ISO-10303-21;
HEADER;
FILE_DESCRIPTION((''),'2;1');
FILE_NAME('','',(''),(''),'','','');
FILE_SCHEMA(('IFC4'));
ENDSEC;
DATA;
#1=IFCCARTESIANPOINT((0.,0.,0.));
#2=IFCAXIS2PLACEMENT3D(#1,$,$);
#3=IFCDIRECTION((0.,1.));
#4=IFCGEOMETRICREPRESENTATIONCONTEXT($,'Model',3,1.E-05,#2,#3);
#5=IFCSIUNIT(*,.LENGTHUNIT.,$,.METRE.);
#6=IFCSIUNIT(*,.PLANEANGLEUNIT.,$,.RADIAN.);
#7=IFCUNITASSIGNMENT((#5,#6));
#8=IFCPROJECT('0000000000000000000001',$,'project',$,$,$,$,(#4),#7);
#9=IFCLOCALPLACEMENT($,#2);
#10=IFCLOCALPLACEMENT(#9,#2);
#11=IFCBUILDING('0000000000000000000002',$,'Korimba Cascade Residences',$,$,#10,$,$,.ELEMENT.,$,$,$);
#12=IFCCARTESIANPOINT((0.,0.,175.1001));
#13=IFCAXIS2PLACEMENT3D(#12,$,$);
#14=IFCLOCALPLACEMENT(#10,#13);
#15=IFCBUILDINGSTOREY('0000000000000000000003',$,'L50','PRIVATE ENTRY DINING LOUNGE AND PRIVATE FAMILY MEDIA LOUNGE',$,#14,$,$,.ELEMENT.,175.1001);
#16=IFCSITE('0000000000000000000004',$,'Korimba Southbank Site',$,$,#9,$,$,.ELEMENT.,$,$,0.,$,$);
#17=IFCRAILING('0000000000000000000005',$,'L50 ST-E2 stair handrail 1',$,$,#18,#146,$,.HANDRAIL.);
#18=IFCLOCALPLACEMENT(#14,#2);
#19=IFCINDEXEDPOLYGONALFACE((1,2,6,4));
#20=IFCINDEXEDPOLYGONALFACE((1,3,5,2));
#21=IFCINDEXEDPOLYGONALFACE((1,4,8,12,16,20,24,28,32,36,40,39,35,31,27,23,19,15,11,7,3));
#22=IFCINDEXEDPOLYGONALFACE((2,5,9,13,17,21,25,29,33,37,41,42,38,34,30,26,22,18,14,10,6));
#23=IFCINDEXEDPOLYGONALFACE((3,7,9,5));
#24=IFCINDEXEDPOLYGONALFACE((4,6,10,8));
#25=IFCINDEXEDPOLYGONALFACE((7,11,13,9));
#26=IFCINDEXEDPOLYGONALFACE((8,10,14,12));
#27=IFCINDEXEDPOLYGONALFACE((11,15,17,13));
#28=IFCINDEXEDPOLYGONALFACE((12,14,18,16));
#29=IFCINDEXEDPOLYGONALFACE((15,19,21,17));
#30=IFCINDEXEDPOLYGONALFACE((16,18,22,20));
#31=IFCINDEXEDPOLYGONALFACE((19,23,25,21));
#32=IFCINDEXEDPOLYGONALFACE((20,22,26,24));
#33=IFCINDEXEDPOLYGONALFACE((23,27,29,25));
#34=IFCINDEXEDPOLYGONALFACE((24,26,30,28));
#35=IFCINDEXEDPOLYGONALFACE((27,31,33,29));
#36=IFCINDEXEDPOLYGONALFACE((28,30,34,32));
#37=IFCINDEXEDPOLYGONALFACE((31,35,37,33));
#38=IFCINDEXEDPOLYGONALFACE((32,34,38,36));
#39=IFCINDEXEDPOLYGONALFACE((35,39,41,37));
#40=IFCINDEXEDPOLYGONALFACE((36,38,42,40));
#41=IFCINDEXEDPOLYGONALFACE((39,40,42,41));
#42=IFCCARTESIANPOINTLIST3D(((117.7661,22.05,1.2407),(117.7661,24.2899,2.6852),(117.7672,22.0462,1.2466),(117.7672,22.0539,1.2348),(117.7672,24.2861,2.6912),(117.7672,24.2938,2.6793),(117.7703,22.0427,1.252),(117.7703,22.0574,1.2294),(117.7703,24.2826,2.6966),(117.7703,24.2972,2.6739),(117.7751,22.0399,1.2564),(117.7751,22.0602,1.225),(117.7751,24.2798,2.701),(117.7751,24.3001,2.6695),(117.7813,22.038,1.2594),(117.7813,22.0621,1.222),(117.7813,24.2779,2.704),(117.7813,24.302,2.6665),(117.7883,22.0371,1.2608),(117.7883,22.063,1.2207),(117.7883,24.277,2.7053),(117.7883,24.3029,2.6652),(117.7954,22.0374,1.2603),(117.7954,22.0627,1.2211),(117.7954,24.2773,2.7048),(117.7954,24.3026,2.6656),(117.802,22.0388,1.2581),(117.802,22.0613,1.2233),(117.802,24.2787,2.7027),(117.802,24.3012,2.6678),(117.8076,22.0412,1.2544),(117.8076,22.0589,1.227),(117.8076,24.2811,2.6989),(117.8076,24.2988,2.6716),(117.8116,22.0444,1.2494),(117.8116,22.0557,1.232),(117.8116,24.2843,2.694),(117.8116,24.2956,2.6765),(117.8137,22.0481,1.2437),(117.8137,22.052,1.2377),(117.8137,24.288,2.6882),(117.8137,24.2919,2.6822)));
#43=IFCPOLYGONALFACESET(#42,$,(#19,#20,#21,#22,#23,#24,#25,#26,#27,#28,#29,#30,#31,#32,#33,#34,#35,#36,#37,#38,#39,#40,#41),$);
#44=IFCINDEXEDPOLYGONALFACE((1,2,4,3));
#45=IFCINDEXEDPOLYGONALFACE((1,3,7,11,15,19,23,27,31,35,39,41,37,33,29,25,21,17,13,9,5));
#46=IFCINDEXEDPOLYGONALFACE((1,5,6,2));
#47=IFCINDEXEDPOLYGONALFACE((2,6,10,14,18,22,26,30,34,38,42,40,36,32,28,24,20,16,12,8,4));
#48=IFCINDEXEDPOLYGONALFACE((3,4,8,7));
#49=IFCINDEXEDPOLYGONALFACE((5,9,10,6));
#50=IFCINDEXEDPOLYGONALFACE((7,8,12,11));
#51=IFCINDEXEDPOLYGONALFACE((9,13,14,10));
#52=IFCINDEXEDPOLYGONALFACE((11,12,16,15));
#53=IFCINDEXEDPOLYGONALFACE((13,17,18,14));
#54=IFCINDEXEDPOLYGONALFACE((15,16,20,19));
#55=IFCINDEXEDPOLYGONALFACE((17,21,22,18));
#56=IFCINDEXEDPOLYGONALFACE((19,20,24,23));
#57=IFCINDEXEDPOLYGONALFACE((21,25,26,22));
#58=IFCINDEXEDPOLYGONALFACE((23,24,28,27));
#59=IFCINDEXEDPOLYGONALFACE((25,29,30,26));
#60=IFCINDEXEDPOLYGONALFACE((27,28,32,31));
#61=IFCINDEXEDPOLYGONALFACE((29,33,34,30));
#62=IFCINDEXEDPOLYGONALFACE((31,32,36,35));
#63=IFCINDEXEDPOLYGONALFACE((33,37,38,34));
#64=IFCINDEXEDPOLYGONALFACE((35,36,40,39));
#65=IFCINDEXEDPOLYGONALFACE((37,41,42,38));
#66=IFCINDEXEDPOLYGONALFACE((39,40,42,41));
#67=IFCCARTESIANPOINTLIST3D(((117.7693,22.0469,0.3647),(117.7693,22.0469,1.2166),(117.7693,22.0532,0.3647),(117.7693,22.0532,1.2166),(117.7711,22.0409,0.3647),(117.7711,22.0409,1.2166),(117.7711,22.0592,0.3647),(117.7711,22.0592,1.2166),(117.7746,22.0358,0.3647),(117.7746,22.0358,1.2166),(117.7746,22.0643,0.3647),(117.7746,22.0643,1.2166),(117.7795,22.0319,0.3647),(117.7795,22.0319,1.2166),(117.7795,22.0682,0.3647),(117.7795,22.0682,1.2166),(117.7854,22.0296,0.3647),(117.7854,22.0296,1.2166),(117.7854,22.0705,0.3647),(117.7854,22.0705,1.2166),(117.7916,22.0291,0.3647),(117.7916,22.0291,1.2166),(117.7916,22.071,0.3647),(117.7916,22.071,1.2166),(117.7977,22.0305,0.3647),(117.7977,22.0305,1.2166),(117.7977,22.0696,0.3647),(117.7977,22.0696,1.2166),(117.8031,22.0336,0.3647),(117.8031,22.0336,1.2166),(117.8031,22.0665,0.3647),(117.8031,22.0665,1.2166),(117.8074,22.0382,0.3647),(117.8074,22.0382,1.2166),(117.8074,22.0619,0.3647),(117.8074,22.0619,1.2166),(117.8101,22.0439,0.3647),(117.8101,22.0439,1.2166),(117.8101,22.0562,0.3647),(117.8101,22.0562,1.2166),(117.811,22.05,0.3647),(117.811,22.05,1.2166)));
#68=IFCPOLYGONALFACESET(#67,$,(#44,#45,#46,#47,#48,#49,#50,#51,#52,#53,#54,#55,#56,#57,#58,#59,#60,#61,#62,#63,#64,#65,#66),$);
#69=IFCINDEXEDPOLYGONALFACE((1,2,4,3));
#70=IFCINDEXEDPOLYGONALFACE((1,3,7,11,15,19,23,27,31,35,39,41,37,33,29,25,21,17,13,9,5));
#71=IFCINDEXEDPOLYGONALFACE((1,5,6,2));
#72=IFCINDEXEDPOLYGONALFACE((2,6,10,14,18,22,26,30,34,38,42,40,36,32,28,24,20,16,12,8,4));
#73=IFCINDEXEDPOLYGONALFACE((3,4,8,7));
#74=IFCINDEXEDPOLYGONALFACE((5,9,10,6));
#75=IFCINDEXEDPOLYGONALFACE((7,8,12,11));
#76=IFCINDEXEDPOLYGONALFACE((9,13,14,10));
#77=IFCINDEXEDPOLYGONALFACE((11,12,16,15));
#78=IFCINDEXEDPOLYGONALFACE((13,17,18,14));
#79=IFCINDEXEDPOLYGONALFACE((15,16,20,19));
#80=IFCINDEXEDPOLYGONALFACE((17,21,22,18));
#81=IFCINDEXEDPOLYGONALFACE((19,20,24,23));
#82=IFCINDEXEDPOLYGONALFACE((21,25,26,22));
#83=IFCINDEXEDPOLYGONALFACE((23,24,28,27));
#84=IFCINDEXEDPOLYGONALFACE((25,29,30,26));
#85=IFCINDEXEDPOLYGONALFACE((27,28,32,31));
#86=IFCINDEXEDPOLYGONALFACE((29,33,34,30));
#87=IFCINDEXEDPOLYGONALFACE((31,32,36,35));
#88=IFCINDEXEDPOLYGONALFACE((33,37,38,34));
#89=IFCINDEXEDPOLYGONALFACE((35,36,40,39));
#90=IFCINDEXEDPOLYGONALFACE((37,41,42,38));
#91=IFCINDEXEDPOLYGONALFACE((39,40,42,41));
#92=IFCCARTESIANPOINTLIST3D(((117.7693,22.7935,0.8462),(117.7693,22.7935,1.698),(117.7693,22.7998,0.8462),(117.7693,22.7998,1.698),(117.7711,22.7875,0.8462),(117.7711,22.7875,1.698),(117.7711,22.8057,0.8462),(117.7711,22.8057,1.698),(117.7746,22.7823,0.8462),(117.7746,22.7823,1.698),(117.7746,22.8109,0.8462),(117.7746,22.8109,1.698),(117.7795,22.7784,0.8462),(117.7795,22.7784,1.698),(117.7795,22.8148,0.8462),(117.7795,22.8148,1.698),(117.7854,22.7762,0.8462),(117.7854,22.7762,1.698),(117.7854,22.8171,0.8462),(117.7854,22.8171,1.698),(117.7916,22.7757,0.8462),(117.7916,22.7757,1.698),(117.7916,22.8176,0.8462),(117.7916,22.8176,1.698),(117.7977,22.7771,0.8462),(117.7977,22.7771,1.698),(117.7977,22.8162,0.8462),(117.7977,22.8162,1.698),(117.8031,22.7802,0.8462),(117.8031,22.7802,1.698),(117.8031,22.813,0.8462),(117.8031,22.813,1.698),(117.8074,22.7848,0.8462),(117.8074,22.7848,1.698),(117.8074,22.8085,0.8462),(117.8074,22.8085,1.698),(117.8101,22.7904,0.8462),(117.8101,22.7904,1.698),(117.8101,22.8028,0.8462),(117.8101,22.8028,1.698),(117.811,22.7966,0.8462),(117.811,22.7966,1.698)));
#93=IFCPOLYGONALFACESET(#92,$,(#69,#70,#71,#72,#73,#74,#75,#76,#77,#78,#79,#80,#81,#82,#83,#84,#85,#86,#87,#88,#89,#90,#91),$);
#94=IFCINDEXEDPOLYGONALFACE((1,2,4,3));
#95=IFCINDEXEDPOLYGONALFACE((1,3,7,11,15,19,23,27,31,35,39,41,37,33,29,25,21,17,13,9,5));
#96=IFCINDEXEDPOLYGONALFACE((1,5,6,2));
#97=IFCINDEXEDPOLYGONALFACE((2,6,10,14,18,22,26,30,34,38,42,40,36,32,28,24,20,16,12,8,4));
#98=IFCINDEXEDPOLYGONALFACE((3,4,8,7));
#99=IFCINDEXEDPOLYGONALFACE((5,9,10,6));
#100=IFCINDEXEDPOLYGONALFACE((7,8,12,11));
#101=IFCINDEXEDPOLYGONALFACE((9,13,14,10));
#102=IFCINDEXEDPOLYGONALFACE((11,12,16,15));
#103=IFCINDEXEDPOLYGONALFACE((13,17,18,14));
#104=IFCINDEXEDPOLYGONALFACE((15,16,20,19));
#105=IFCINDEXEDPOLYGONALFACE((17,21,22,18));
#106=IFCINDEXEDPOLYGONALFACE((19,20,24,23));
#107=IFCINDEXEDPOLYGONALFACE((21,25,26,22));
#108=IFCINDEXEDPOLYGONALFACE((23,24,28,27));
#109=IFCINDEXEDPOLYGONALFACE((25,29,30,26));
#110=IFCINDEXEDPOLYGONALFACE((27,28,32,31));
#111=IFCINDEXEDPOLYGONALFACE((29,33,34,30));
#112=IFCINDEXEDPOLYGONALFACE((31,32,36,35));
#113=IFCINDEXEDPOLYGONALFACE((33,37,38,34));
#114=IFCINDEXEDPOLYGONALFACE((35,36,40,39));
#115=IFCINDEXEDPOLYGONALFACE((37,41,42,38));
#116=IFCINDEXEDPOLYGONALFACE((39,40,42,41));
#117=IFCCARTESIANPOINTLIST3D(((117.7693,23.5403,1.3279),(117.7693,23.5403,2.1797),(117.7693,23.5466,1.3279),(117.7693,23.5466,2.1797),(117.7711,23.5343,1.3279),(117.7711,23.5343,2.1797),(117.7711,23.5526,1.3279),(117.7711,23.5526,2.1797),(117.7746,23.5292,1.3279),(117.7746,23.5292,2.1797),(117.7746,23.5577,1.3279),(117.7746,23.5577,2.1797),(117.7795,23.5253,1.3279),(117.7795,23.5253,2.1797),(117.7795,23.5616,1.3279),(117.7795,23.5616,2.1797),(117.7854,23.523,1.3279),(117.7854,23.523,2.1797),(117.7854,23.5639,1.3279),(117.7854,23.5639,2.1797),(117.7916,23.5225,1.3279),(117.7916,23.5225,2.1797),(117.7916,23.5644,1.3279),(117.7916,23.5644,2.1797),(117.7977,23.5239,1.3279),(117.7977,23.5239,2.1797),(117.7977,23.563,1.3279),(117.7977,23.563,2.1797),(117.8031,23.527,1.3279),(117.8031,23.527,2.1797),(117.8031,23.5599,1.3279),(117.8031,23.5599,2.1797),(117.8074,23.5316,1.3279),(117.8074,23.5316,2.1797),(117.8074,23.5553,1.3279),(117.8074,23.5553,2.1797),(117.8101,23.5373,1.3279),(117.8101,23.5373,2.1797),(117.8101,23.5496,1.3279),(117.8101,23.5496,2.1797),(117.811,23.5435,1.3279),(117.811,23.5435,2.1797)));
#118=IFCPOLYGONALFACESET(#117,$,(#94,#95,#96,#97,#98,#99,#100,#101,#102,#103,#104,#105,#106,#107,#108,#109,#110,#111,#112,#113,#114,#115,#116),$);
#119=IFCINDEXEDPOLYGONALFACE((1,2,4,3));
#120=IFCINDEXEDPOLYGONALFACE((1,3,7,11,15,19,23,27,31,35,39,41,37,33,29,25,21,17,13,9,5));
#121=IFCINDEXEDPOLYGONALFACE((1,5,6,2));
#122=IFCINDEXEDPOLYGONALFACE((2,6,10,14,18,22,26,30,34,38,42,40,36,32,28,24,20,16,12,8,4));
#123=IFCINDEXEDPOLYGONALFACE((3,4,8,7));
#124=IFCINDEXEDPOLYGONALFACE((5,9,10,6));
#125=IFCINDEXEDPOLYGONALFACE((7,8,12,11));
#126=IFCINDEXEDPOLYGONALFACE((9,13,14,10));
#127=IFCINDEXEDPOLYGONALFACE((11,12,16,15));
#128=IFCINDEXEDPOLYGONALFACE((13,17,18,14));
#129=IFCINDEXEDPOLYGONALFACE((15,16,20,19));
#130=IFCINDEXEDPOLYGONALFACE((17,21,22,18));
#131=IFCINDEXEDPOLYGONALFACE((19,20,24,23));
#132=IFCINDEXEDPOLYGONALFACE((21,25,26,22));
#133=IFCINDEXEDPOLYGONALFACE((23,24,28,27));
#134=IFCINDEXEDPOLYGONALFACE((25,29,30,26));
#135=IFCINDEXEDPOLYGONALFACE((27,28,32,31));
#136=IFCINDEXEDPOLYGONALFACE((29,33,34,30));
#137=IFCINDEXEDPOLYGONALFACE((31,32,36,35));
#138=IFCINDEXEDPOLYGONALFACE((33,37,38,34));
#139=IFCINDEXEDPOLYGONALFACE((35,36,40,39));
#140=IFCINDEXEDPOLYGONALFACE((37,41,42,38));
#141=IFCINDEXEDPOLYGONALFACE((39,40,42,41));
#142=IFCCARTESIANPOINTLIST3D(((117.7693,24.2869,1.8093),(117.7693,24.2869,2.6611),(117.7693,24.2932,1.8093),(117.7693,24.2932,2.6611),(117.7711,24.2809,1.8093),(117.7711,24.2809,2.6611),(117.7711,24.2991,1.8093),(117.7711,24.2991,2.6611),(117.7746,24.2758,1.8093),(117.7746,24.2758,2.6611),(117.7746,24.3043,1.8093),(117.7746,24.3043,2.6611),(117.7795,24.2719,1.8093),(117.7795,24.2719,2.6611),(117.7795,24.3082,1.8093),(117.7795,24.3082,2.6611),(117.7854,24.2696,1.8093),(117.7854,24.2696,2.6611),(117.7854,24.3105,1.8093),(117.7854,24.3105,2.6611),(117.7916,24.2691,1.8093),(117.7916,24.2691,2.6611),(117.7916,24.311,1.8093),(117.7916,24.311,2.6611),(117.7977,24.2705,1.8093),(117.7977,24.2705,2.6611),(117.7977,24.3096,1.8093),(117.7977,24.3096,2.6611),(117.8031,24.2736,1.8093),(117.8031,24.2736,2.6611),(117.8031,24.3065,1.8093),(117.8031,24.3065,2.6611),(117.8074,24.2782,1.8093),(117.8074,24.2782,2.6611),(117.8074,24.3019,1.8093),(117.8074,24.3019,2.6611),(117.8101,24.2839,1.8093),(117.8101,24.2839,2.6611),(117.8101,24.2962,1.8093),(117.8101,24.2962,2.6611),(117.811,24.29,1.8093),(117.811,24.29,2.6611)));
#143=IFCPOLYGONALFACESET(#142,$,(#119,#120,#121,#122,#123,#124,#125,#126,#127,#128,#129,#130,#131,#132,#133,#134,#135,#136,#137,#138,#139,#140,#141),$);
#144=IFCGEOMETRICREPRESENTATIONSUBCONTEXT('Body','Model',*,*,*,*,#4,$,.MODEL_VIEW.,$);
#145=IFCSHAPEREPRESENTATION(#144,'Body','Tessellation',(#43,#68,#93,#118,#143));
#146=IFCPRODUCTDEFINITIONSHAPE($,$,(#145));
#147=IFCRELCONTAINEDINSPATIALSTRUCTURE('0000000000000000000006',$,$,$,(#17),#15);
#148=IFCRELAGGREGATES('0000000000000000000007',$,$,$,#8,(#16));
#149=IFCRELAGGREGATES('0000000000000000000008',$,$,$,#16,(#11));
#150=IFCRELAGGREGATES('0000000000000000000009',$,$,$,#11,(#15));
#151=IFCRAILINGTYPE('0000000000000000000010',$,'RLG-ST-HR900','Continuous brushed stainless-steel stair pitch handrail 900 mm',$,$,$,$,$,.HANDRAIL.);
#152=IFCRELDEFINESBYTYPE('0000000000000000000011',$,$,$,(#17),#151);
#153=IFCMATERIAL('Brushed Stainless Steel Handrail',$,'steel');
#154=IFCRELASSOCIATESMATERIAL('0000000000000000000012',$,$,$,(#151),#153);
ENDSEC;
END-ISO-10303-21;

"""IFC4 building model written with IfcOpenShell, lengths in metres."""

from ifc_helpers import new_model, si_unit, direction, frame, origin, origin_2d, place, context, subcontext, project, spatial, circle, extrude, material, type_object, element, save


model = new_model("IFC4")

# Units and contexts
model_context = context("Model", 3, precision=1e-05, world=origin(), true_north=direction((0.0, 1.0)))
body_context = subcontext(model_context, "Body", "Model", "MODEL_VIEW")
ifc_project = project(units=[si_unit("LENGTHUNIT", "METRE"), si_unit("PLANEANGLEUNIT", "RADIAN")], contexts=[model_context])

# Site, building, storey
site_placement = place(None, origin())
site = spatial("IfcSite", under=ifc_project, at=site_placement, Name="Korimba Southbank Site", CompositionType="ELEMENT", RefElevation=0.0)
building_placement = place(site_placement, origin())
building = spatial("IfcBuilding", under=site, at=building_placement, Name="Korimba Cascade Residences", CompositionType="ELEMENT")
storey_placement = place(building_placement, frame((0.0, 0.0, 175.1001)))
storey = spatial("IfcBuildingStorey", under=building, at=storey_placement, Name="L50", Description="PRIVATE ENTRY DINING LOUNGE AND PRIVATE FAMILY MEDIA LOUNGE", CompositionType="ELEMENT", Elevation=175.1001)

# Railing
ifc_material_1 = material(Name="Brushed Stainless Steel Handrail", Category="steel")
railing_type = type_object("IfcRailingType", Name="RLG-ST-HR900", Description="Continuous brushed stainless-steel stair pitch handrail 900 mm", PredefinedType="HANDRAIL", material=ifc_material_1)
railing_placement = place(storey_placement, frame((117.79, 22.05, 0.3647)))
element("IfcRailing", 1, at=railing_placement, inside=storey, type_object=railing_type, Name="L50 ST-E2 stair handrail 1", PredefinedType="HANDRAIL", context=body_context, shape_type="SweptSolid", body=[
    extrude(circle(Radius=0.0239, at=origin_2d()), frame((0.0, 0.0, 0.876), z_axis=(0.0, 0.840395, 0.541975), x_axis=(-1.0, 0.0, 0.0)), (0.0, 0.0, 1.0), 2.6653),
    extrude(circle(Radius=0.021, at=origin_2d()), origin(), (0.0, 0.0, 1.0), 0.8518),
    extrude(circle(Radius=0.021, at=origin_2d()), frame((0.0, 0.7466, 0.4814)), (0.0, 0.0, 1.0), 0.8518),
    extrude(circle(Radius=0.021, at=origin_2d()), frame((0.0, 1.4934, 0.9631)), (0.0, 0.0, 1.0), 0.8518),
    extrude(circle(Radius=0.021, at=origin_2d()), frame((0.0, 2.24, 1.4446)), (0.0, 0.0, 1.0), 0.8518),
])

save(model, "model.ifc")
